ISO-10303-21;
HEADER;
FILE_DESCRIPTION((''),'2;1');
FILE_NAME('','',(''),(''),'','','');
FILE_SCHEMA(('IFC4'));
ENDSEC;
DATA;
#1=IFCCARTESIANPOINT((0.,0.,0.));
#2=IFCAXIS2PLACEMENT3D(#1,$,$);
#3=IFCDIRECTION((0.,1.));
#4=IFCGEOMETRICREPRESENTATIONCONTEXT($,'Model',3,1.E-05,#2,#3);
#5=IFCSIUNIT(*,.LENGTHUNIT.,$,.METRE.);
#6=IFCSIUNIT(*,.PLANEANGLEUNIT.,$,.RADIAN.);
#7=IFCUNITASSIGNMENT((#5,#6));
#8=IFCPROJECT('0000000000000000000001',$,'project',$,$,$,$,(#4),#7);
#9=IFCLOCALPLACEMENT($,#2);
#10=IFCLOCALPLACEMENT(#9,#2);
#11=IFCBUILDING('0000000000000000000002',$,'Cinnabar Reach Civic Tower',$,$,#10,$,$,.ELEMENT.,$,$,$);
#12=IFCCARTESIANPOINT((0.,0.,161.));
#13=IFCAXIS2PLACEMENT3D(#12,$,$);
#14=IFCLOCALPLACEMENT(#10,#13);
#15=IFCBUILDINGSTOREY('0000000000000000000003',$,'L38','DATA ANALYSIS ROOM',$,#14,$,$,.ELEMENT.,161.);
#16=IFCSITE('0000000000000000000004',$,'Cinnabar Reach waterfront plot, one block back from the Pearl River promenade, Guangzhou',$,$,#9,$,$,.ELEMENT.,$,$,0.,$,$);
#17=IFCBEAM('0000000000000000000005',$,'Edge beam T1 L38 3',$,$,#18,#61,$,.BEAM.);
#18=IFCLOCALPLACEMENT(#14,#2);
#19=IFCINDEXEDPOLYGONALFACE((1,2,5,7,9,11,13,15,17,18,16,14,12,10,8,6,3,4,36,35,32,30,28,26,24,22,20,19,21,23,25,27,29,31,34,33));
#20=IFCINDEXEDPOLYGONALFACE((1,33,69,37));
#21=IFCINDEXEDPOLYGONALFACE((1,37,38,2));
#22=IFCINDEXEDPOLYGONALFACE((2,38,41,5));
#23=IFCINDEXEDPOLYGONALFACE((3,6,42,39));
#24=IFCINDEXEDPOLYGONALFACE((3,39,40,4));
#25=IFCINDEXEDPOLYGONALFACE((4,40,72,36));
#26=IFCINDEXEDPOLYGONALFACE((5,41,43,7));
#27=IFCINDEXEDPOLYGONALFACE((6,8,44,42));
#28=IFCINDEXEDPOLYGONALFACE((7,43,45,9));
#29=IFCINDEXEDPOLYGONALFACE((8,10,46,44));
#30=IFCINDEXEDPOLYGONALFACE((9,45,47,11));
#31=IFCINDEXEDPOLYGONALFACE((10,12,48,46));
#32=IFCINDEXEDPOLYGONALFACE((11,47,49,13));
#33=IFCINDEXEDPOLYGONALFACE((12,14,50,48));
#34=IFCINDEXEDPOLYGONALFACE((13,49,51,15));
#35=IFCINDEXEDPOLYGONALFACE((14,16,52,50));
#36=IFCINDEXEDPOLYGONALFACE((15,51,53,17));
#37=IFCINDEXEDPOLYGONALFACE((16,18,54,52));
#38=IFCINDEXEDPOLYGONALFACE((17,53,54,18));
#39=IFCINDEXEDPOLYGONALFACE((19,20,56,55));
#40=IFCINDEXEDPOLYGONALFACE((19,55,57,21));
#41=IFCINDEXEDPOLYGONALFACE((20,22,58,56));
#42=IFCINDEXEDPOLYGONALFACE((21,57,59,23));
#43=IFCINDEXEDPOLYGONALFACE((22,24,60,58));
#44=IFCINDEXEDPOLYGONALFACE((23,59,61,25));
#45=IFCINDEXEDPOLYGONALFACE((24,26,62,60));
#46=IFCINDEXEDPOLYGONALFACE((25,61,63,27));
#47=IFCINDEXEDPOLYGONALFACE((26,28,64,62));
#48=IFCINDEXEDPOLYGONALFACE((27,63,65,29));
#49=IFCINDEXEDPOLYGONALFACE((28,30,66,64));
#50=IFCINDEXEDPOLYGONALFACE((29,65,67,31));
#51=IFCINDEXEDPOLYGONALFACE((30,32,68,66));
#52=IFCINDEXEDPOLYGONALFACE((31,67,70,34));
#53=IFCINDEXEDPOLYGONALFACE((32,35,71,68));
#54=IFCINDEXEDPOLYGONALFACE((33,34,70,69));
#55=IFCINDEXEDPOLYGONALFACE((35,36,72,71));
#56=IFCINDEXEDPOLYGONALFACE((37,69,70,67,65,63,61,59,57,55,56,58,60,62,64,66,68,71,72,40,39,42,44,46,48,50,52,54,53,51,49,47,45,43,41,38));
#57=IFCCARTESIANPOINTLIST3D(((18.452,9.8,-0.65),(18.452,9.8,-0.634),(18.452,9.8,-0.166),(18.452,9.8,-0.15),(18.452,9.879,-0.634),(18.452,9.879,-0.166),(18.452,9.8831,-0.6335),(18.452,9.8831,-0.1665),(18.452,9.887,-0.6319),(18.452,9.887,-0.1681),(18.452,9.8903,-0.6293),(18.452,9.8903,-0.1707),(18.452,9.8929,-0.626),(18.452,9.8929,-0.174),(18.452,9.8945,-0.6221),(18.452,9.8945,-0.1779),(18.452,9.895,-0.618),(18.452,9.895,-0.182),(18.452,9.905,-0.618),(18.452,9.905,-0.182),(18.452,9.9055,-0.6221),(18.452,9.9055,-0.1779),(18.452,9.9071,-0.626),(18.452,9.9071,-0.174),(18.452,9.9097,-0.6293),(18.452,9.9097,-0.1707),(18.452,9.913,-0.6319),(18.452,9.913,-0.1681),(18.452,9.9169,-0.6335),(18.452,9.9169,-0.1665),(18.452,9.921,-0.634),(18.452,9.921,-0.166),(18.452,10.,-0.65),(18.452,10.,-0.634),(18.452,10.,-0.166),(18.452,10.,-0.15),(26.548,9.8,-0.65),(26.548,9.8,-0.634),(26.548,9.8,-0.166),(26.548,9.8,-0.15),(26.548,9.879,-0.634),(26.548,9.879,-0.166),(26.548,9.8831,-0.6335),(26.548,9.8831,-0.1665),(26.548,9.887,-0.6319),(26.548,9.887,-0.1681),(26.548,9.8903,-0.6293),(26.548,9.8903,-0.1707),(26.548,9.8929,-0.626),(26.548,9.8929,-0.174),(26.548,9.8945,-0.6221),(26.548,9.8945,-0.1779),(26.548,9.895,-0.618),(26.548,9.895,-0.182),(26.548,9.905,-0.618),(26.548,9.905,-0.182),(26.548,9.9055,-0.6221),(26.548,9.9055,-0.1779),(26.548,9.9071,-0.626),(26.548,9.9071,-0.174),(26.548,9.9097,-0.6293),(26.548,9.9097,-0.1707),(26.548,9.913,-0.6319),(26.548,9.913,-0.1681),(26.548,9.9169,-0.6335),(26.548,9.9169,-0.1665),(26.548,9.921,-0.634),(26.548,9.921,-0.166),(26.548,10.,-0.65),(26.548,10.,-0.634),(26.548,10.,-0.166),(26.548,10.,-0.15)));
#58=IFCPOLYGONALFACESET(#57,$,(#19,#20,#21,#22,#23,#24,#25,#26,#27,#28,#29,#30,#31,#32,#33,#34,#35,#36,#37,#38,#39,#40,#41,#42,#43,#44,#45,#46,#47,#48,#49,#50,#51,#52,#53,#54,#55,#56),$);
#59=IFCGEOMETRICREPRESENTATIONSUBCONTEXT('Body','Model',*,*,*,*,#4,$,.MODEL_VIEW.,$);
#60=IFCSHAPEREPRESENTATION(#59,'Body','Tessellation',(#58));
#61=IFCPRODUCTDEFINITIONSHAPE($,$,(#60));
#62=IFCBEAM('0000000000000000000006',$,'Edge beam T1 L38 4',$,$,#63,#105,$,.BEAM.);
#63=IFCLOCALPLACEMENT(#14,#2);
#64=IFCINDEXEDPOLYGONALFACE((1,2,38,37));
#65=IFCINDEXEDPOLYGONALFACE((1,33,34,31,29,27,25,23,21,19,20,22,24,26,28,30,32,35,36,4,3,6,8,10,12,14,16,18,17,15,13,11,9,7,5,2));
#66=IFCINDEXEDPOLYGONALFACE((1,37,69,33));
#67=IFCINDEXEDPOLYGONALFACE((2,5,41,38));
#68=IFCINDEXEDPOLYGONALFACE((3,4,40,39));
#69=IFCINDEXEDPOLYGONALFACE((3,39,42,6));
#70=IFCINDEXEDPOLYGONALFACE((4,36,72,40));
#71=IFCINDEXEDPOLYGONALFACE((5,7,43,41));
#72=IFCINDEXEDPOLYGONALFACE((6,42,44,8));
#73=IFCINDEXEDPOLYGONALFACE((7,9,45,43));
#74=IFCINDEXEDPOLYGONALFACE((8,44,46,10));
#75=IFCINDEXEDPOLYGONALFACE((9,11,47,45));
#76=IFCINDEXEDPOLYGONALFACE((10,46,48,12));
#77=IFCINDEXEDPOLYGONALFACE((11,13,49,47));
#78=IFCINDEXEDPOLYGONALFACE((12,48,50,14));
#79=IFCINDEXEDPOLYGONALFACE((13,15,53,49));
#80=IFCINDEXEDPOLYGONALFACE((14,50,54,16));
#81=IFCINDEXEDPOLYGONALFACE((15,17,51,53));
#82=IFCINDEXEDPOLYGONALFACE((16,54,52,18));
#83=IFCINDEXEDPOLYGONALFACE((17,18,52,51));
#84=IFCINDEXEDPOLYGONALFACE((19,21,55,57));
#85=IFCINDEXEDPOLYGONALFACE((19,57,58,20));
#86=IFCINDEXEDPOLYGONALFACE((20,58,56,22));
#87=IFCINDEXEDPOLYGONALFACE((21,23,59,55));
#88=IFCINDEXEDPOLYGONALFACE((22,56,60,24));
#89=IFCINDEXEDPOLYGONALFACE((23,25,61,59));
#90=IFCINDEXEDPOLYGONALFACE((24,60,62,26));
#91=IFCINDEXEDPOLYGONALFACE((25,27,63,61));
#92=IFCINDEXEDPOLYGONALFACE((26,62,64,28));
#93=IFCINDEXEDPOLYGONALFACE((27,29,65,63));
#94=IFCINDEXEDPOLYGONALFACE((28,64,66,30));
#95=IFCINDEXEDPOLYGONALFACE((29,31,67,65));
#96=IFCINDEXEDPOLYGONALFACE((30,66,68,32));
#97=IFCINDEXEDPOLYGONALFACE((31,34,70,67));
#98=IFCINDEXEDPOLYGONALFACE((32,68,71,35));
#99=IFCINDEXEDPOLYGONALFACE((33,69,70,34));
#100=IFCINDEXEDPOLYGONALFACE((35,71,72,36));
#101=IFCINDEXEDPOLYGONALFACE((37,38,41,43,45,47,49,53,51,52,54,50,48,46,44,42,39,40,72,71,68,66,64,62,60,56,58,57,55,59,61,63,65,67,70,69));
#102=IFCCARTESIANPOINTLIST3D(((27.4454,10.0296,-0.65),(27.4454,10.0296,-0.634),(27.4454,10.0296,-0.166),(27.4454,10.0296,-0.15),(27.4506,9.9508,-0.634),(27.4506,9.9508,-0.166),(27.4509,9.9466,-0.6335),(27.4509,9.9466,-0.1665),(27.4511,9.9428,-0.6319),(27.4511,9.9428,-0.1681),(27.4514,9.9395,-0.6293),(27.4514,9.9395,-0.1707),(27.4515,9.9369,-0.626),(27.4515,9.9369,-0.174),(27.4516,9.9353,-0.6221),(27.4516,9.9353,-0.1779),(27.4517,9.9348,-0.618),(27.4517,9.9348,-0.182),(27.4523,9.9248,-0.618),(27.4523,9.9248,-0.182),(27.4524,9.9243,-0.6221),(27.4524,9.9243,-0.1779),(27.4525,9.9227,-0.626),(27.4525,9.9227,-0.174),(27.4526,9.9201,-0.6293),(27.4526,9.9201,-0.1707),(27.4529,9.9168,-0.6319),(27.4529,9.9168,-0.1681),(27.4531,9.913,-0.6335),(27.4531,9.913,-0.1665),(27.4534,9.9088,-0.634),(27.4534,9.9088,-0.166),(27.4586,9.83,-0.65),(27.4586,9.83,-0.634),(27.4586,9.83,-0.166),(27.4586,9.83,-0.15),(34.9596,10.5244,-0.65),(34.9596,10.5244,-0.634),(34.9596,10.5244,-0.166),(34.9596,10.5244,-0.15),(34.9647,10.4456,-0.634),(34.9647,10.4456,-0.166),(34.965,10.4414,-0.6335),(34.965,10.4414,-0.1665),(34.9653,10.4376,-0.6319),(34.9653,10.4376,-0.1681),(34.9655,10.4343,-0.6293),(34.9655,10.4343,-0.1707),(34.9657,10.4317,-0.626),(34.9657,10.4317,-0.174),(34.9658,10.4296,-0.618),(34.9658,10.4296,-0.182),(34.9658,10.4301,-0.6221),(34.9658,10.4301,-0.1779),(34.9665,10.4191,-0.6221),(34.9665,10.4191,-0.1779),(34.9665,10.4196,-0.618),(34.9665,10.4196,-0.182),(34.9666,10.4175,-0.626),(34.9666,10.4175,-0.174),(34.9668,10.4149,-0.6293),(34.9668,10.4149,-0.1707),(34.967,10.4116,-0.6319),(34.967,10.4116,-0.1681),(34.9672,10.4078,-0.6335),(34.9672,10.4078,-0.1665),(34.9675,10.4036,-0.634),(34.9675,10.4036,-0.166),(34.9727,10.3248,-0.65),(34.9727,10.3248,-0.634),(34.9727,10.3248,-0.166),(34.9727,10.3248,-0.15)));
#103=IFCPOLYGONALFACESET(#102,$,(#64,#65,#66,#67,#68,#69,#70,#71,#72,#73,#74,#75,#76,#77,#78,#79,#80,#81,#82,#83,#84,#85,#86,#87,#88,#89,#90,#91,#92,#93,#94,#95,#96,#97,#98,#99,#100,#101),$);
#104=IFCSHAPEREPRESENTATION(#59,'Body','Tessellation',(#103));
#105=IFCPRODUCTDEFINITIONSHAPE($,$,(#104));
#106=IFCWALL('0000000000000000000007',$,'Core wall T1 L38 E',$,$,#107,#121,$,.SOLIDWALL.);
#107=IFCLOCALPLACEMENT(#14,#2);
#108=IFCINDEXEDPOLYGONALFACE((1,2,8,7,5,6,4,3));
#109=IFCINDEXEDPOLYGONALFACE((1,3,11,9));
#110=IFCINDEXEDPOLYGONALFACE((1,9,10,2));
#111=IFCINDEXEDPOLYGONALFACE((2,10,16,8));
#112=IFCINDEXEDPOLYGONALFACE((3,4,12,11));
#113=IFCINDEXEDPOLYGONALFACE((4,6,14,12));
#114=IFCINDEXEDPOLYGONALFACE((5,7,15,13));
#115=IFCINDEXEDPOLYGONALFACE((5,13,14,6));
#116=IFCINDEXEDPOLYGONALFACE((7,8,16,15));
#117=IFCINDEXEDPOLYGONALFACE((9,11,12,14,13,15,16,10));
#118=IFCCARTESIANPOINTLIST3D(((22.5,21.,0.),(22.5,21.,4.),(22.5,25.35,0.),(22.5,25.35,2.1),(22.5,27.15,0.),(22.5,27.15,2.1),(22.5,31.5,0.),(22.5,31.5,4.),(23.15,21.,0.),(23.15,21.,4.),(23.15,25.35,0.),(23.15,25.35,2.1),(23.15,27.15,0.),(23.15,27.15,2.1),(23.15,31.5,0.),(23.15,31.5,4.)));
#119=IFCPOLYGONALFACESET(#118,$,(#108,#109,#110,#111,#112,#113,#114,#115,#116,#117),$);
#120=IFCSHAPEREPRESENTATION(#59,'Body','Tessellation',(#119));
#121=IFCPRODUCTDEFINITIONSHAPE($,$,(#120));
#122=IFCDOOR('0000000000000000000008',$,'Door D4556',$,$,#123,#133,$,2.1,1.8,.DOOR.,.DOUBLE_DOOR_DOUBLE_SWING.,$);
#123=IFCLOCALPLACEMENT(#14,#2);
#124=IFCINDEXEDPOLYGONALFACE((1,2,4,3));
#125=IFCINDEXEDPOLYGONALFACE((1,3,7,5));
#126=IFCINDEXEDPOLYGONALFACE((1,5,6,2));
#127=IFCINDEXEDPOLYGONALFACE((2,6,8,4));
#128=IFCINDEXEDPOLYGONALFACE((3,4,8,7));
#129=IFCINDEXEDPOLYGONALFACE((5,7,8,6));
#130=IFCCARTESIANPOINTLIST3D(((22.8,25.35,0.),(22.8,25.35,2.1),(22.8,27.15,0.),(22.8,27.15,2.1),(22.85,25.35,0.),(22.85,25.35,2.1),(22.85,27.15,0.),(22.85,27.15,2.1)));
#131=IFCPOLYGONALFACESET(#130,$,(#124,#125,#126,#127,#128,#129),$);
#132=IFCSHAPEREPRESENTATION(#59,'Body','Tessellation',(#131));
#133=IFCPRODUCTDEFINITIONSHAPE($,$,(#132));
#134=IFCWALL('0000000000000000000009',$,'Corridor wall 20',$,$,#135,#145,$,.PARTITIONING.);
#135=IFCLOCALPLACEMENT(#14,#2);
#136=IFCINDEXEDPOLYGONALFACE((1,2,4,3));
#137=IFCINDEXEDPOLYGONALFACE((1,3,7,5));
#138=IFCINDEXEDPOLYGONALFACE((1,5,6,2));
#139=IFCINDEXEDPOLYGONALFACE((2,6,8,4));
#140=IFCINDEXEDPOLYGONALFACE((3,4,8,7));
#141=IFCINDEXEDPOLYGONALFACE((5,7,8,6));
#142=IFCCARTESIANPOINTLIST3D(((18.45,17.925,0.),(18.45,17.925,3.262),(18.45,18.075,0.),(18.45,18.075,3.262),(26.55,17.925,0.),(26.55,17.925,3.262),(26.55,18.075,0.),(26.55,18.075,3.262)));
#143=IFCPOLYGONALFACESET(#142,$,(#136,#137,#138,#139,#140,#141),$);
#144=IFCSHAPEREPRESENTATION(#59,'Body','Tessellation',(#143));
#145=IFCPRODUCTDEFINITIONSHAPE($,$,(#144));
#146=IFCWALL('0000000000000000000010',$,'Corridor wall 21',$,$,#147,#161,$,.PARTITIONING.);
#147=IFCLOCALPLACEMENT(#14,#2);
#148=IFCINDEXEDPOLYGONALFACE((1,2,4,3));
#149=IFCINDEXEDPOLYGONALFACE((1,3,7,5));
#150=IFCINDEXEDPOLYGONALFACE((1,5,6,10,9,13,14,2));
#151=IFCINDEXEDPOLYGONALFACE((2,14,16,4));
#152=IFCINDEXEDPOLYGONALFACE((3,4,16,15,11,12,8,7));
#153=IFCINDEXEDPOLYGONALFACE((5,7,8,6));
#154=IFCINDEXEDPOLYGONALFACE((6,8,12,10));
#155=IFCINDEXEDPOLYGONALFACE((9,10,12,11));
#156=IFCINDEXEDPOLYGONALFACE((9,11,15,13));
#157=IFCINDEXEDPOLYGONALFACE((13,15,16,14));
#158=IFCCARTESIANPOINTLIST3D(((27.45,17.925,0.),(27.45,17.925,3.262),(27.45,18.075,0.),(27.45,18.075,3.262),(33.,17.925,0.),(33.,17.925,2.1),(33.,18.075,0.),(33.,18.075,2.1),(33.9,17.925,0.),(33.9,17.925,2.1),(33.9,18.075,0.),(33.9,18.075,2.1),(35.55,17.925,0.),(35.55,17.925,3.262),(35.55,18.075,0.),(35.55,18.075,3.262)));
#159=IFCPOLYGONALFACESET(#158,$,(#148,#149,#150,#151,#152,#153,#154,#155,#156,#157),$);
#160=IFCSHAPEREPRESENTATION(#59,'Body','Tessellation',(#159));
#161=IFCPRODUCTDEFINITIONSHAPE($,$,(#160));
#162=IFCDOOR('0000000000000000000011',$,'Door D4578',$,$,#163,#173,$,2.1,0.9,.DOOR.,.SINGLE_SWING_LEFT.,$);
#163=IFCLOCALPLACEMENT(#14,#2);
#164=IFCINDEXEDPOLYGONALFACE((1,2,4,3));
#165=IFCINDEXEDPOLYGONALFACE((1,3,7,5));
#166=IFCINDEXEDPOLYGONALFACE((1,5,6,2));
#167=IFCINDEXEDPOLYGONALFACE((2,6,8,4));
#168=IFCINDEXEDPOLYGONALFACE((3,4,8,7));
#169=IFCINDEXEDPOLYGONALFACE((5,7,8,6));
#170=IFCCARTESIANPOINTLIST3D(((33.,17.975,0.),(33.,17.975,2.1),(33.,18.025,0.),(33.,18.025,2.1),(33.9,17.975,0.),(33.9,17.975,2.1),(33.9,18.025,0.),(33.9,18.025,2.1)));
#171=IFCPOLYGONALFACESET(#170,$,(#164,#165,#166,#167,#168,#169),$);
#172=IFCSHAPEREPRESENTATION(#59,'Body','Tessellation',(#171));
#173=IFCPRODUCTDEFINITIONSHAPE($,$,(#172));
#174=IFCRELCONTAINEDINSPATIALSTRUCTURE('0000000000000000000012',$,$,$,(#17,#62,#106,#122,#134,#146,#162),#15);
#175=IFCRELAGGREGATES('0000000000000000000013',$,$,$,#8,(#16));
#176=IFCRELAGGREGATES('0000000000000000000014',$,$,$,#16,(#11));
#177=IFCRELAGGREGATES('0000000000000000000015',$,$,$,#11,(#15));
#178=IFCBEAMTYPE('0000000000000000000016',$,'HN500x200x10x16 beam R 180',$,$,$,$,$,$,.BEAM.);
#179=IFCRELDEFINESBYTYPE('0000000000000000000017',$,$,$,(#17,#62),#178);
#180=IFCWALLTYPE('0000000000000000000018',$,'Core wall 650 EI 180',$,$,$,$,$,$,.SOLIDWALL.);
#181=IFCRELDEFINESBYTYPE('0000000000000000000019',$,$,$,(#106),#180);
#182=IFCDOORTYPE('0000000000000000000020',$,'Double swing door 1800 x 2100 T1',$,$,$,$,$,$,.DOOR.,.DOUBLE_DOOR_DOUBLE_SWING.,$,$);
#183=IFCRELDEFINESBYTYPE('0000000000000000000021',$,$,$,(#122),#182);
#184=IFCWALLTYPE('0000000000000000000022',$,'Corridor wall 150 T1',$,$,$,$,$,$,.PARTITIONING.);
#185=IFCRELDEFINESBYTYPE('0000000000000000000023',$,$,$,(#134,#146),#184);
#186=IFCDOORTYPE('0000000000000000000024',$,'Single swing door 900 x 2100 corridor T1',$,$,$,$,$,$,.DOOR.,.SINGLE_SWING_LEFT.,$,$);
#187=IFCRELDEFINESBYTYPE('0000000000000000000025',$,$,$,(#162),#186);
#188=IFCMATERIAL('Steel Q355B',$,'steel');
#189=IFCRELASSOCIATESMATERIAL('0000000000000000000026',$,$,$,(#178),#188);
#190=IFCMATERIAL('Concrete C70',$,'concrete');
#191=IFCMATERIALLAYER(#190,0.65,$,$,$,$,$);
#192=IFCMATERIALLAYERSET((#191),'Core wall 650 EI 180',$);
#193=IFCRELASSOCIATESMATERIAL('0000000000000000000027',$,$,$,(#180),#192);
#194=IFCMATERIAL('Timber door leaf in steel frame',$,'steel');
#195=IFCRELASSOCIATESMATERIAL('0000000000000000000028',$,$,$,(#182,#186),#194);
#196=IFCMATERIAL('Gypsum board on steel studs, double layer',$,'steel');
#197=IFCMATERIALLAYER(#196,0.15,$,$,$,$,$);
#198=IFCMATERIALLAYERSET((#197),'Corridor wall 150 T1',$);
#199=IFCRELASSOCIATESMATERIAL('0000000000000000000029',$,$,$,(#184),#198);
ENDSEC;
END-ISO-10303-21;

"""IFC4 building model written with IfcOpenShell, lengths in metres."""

from ifc_helpers import new_model, si_unit, direction, frame, frame_2d, origin, origin_2d, place, context, subcontext, project, spatial, rectangle, i_section, extrude, material, layer, layer_set, material_profile, profile_set, type_object, element, fill, save


model = new_model("IFC4")

# Units and contexts
model_context = context("Model", 3, precision=1e-05, world=origin(), true_north=direction((0.0, 1.0)))
body_context = subcontext(model_context, "Body", "Model", "MODEL_VIEW")
ifc_project = project(units=[si_unit("LENGTHUNIT", "METRE"), si_unit("PLANEANGLEUNIT", "RADIAN")], contexts=[model_context])

# Site, building, storey
site_placement = place(None, origin())
site = spatial("IfcSite", under=ifc_project, at=site_placement, Name="Cinnabar Reach waterfront plot, one block back from the Pearl River promenade, Guangzhou", CompositionType="ELEMENT", RefElevation=0.0)
building_placement = place(site_placement, origin())
building = spatial("IfcBuilding", under=site, at=building_placement, Name="Cinnabar Reach Civic Tower", CompositionType="ELEMENT")
storey_placement = place(building_placement, frame((0.0, 0.0, 161.0)))
storey = spatial("IfcBuildingStorey", under=building, at=storey_placement, Name="L38", Description="DATA ANALYSIS ROOM", CompositionType="ELEMENT", Elevation=161.0)

# Shared definitions
ifc_material_1 = material(Name="Concrete C70", Category="concrete")

# Beams
ifc_material_2 = material(Name="Steel Q355B", Category="steel")
ifc_material_profile_1 = material_profile(ifc_material_2, i_section(OverallWidth=0.2, OverallDepth=0.5, WebThickness=0.01, FlangeThickness=0.016, FilletRadius=0.016, at=origin_2d()), Name="HN500x200x10x16")
ifc_profile_set_1 = profile_set([ifc_material_profile_1], Name="Steel Q355B")
beam_type_1 = type_object("IfcBeamType", Name="HN500x200x10x16 beam R 180", PredefinedType="BEAM", material=ifc_profile_set_1)
beam_1_placement = place(storey_placement, frame((18.452, 9.9, -0.4), z_axis=(1.0, 0.0, 0.0), x_axis=(0.0, 1.0, 0.0)))
element("IfcBeam", 1, at=beam_1_placement, inside=storey, type_object=beam_type_1, Name="Edge beam T1 L38 3", PredefinedType="BEAM", context=body_context, shape_type="SweptSolid", body=[
    extrude(i_section(OverallWidth=0.2, OverallDepth=0.5, WebThickness=0.01, FlangeThickness=0.016, FilletRadius=0.016, at=origin_2d()), origin(), (0.0, 0.0, 1.0), 8.096),
])
beam_2_placement = place(storey_placement, frame((27.452, 9.9298, -0.4), z_axis=(0.997839, 0.065707, 0.0), x_axis=(-0.065707, 0.997839, 0.0)))
element("IfcBeam", 2, at=beam_2_placement, inside=storey, type_object=beam_type_1, Name="Edge beam T1 L38 4", PredefinedType="BEAM", context=body_context, shape_type="SweptSolid", body=[
    extrude(i_section(OverallWidth=0.2, OverallDepth=0.5, WebThickness=0.01, FlangeThickness=0.016, FilletRadius=0.016, at=origin_2d()), origin(), (0.0, 0.0, 1.0), 7.5304),
])

# Wall, opening, door
ifc_layer_1 = layer(ifc_material_1, 0.65)
ifc_layer_set_1 = layer_set([ifc_layer_1], Name="Core wall 650 EI 180")
wall_type_1 = type_object("IfcWallType", Name="Core wall 650 EI 180", PredefinedType="SOLIDWALL", material=ifc_layer_set_1)
wall_1_placement = place(storey_placement, frame((22.825, 21.0, 0.0), z_axis=(0.0, 0.0, 1.0), x_axis=(0.0, 1.0, 0.0)))
wall_1 = element("IfcWall", 3, at=wall_1_placement, inside=storey, type_object=wall_type_1, Name="Core wall T1 L38 E", PredefinedType="SOLIDWALL", context=body_context, shape_type="SweptSolid", body=[
    extrude(rectangle(XDim=10.5, YDim=0.65, at=frame_2d((5.25, 0.0))), origin(), (0.0, 0.0, 1.0), 4.0),
])
opening_1_placement = place(wall_1_placement, frame((4.35, 0.0, 0.0)))
opening_1 = element("IfcOpeningElement", 4, at=opening_1_placement, cuts=wall_1, PredefinedType="OPENING", context=body_context, shape_type="SweptSolid", body=[
    extrude(rectangle(XDim=1.8, YDim=2.1, at=frame_2d((0.9, 1.05))), frame((0.0, 0.335, 0.0), z_axis=(0.0, -1.0, 0.0), x_axis=(1.0, 0.0, 0.0)), (0.0, 0.0, 1.0), 0.67),
])
ifc_material_3 = material(Name="Timber door leaf in steel frame", Category="steel")
door_type_1 = type_object("IfcDoorType", Name="Double swing door 1800 x 2100 T1", OperationType="DOUBLE_DOOR_DOUBLE_SWING", PredefinedType="DOOR", material=ifc_material_3)
door_1_placement = place(opening_1_placement, origin())
door_1 = element("IfcDoor", 5, at=door_1_placement, inside=storey, type_object=door_type_1, Name="Door D4556", OperationType="DOUBLE_DOOR_DOUBLE_SWING", OverallHeight=2.1, OverallWidth=1.8, PredefinedType="DOOR", context=body_context, shape_type="SweptSolid", body=[
    extrude(rectangle(XDim=1.8, YDim=2.1, at=frame_2d((0.9, 1.05))), frame((0.0, 0.025, 0.0), z_axis=(0.0, -1.0, 0.0), x_axis=(1.0, 0.0, 0.0)), (0.0, 0.0, 1.0), 0.05),
])
fill(opening_1, door_1)

# Wall
ifc_material_4 = material(Name="Gypsum board on steel studs, double layer", Category="steel")
ifc_layer_2 = layer(ifc_material_4, 0.15)
ifc_layer_set_2 = layer_set([ifc_layer_2], Name="Corridor wall 150 T1")
wall_type_2 = type_object("IfcWallType", Name="Corridor wall 150 T1", PredefinedType="PARTITIONING", material=ifc_layer_set_2)
wall_2_placement = place(storey_placement, frame((18.45, 18.0, 0.0), z_axis=(0.0, 0.0, 1.0), x_axis=(1.0, 0.0, 0.0)))
element("IfcWall", 6, at=wall_2_placement, inside=storey, type_object=wall_type_2, Name="Corridor wall 20", PredefinedType="PARTITIONING", context=body_context, shape_type="SweptSolid", body=[
    extrude(rectangle(XDim=8.1, YDim=0.15, at=frame_2d((4.05, 0.0))), origin(), (0.0, 0.0, 1.0), 3.262),
])

# Wall, opening, door
wall_3_placement = place(storey_placement, frame((27.45, 18.0, 0.0), z_axis=(0.0, 0.0, 1.0), x_axis=(1.0, 0.0, 0.0)))
wall_3 = element("IfcWall", 7, at=wall_3_placement, inside=storey, type_object=wall_type_2, Name="Corridor wall 21", PredefinedType="PARTITIONING", context=body_context, shape_type="SweptSolid", body=[
    extrude(rectangle(XDim=8.1, YDim=0.15, at=frame_2d((4.05, 0.0))), origin(), (0.0, 0.0, 1.0), 3.262),
])
opening_2_placement = place(wall_3_placement, frame((5.55, 0.0, 0.0)))
opening_2 = element("IfcOpeningElement", 8, at=opening_2_placement, cuts=wall_3, PredefinedType="OPENING", context=body_context, shape_type="SweptSolid", body=[
    extrude(rectangle(XDim=0.9, YDim=2.1, at=frame_2d((0.45, 1.05))), frame((0.0, 0.085, 0.0), z_axis=(0.0, -1.0, 0.0), x_axis=(1.0, 0.0, 0.0)), (0.0, 0.0, 1.0), 0.17),
])
door_type_2 = type_object("IfcDoorType", Name="Single swing door 900 x 2100 corridor T1", OperationType="SINGLE_SWING_LEFT", PredefinedType="DOOR", material=ifc_material_3)
door_2_placement = place(opening_2_placement, frame((0.9, 0.0, 0.0), z_axis=(0.0, 0.0, 1.0), x_axis=(-1.0, 0.0, 0.0)))
door_2 = element("IfcDoor", 9, at=door_2_placement, inside=storey, type_object=door_type_2, Name="Door D4578", OperationType="SINGLE_SWING_LEFT", OverallHeight=2.1, OverallWidth=0.9, PredefinedType="DOOR", context=body_context, shape_type="SweptSolid", body=[
    extrude(rectangle(XDim=0.9, YDim=2.1, at=frame_2d((0.45, 1.05))), frame((0.0, 0.025, 0.0), z_axis=(0.0, -1.0, 0.0), x_axis=(1.0, 0.0, 0.0)), (0.0, 0.0, 1.0), 0.05),
])
fill(opening_2, door_2)

save(model, "model.ifc")
